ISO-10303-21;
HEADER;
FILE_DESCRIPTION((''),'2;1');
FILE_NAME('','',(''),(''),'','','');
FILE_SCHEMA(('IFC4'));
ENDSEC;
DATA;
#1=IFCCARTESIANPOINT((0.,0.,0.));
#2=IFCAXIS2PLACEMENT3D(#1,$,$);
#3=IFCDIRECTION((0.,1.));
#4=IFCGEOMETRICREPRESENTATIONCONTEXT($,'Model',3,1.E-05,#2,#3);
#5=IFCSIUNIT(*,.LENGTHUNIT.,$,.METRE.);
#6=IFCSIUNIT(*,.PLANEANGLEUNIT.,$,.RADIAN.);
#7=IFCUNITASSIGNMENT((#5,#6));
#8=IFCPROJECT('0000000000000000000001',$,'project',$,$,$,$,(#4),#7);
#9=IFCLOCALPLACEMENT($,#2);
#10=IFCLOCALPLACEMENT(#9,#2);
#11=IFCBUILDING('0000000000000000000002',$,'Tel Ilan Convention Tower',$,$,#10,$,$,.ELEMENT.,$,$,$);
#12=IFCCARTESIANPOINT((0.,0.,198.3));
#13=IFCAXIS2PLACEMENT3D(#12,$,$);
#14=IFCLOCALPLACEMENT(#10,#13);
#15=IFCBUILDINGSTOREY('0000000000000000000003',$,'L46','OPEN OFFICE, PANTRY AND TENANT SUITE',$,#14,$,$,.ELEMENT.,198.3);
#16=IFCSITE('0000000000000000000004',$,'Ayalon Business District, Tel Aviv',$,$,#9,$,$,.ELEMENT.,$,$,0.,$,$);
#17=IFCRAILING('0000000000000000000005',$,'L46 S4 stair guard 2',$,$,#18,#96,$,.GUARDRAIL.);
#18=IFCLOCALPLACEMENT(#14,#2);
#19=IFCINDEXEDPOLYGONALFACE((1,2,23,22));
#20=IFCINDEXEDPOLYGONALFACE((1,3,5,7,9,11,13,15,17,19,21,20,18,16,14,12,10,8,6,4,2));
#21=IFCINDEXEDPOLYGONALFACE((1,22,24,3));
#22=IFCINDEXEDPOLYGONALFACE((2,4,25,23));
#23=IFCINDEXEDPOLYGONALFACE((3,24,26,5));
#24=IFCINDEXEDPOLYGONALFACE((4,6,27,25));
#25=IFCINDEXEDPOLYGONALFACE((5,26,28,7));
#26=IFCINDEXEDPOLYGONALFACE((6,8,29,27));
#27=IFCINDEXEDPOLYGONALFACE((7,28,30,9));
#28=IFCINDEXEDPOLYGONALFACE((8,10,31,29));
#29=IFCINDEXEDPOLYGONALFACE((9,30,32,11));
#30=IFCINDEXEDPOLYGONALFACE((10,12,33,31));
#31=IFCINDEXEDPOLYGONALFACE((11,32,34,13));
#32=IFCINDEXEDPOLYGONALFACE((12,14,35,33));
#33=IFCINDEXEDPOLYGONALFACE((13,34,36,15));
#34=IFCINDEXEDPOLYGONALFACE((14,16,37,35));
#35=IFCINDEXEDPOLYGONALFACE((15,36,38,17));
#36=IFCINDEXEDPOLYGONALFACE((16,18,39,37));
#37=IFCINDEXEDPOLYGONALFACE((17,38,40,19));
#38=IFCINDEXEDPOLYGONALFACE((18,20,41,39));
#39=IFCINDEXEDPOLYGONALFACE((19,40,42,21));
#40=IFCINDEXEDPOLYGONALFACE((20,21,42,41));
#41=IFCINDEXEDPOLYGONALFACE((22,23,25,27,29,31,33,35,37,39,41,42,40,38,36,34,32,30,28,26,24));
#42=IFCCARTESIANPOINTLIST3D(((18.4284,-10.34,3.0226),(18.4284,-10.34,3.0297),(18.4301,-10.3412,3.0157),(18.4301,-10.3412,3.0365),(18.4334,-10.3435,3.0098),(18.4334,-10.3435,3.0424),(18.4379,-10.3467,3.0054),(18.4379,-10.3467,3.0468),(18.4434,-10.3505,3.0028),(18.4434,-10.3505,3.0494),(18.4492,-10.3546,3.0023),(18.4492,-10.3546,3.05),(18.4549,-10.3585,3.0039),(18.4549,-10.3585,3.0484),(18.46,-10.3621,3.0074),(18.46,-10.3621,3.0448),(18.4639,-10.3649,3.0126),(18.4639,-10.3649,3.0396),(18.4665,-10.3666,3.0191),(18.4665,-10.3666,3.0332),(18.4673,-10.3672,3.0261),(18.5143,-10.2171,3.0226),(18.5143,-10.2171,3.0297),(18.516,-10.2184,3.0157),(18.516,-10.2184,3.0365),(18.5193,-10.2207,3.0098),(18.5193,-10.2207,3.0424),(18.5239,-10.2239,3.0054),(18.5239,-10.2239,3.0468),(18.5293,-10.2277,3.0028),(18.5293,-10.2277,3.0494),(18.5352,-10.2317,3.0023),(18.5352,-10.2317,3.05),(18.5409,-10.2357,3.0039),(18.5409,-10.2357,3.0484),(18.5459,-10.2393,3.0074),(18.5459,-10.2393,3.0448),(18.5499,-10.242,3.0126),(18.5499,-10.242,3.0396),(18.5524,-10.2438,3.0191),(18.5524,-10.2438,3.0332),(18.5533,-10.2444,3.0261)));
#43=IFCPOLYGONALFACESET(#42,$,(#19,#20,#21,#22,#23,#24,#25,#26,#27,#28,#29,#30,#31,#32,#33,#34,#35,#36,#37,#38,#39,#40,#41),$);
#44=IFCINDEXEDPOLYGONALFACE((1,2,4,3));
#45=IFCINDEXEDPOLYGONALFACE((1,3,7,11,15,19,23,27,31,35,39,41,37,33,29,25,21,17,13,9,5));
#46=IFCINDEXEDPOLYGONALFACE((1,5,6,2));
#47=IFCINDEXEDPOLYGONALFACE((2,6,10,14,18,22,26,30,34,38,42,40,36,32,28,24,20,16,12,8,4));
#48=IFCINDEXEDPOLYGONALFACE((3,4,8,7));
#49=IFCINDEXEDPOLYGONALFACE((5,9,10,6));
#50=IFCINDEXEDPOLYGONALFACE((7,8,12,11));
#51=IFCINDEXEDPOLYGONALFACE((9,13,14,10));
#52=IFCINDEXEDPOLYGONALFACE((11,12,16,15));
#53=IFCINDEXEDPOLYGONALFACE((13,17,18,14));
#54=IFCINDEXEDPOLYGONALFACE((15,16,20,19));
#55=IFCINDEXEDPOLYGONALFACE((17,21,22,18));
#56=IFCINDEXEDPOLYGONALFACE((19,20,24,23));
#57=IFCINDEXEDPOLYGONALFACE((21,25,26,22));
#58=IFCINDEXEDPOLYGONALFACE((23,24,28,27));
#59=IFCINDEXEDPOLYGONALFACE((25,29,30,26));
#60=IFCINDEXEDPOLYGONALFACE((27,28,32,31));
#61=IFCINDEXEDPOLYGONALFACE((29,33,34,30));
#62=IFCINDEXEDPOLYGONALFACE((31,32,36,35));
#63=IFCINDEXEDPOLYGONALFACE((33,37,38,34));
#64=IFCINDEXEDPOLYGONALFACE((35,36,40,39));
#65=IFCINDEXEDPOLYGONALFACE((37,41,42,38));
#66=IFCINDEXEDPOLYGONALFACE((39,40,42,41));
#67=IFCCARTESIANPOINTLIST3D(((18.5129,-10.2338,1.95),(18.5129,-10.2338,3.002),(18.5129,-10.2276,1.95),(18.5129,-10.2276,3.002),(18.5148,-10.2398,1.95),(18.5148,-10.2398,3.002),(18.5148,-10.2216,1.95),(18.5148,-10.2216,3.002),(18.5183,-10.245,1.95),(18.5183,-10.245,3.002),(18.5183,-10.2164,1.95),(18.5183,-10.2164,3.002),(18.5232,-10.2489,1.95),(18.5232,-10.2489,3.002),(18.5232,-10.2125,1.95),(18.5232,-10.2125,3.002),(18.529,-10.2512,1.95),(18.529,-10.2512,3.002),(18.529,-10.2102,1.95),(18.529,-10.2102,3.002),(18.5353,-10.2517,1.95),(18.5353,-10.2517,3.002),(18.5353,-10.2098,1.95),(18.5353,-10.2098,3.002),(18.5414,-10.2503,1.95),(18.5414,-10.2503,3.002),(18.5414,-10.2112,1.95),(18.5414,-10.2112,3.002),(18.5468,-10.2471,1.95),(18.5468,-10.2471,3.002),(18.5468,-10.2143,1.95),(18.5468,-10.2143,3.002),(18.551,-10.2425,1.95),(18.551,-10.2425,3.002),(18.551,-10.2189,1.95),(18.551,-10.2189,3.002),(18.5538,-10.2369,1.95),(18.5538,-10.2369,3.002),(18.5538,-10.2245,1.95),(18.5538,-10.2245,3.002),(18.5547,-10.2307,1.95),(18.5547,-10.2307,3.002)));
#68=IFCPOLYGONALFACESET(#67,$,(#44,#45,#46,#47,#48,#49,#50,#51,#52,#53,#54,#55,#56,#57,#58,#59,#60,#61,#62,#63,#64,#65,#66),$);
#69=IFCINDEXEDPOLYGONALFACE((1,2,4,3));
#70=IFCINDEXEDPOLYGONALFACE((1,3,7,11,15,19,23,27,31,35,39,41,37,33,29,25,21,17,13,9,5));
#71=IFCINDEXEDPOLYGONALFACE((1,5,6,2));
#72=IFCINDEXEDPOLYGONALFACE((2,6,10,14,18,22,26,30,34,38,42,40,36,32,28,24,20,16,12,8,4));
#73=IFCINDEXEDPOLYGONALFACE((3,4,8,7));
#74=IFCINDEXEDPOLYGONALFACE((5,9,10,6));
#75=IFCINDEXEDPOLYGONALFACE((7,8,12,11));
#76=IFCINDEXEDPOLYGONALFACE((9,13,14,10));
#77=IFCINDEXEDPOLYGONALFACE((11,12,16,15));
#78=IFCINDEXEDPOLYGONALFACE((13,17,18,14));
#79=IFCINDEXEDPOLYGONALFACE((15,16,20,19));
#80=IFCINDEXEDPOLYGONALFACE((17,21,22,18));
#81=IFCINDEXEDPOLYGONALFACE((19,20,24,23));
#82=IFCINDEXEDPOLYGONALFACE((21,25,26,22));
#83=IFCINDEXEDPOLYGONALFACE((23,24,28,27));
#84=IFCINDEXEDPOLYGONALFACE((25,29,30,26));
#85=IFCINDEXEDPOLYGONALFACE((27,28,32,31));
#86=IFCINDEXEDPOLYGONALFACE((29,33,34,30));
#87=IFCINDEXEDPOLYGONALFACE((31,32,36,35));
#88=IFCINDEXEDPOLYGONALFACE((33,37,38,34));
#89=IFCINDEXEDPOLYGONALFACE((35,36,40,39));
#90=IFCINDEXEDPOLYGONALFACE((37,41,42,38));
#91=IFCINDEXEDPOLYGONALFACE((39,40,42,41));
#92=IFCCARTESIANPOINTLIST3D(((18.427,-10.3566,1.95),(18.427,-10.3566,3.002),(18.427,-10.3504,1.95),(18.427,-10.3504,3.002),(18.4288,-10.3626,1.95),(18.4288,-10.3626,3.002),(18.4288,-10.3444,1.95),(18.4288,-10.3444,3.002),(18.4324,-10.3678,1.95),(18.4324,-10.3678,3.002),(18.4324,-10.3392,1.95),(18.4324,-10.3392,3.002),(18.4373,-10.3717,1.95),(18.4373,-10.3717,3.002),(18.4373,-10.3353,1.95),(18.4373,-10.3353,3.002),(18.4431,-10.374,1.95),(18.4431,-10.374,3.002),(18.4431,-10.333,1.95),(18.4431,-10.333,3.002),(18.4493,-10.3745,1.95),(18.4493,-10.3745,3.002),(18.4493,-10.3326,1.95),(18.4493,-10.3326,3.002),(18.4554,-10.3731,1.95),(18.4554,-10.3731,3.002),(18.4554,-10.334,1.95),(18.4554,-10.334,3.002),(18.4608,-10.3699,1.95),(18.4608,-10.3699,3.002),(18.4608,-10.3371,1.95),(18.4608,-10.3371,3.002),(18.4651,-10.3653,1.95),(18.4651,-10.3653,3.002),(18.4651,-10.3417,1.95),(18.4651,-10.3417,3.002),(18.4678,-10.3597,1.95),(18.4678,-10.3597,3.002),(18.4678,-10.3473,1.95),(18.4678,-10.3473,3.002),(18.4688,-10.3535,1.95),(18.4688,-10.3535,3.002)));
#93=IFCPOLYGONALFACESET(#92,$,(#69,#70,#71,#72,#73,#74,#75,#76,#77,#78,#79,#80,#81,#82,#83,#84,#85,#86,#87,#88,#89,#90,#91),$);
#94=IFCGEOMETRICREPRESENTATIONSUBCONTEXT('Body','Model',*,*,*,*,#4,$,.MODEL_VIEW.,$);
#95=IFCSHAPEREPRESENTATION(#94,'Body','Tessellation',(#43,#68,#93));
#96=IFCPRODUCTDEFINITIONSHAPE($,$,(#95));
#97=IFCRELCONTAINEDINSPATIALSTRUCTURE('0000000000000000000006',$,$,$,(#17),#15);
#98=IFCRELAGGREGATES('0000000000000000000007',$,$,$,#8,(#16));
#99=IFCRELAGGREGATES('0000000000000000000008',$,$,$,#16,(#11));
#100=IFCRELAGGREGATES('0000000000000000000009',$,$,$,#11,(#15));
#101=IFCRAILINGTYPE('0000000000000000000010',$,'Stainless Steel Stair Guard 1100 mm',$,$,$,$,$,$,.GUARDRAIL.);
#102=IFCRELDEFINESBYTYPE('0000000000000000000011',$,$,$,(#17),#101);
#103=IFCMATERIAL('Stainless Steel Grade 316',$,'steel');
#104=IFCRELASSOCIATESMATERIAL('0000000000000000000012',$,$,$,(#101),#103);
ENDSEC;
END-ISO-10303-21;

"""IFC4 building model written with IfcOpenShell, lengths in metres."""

from ifc_helpers import new_model, si_unit, direction, frame, origin, origin_2d, place, context, subcontext, project, spatial, circle, extrude, material, type_object, element, save


model = new_model("IFC4")

# Units and contexts
model_context = context("Model", 3, precision=1e-05, world=origin(), true_north=direction((0.0, 1.0)))
body_context = subcontext(model_context, "Body", "Model", "MODEL_VIEW")
ifc_project = project(units=[si_unit("LENGTHUNIT", "METRE"), si_unit("PLANEANGLEUNIT", "RADIAN")], contexts=[model_context])

# Site, building, storey
site_placement = place(None, origin())
site = spatial("IfcSite", under=ifc_project, at=site_placement, Name="Ayalon Business District, Tel Aviv", CompositionType="ELEMENT", RefElevation=0.0)
building_placement = place(site_placement, origin())
building = spatial("IfcBuilding", under=site, at=building_placement, Name="Tel Ilan Convention Tower", CompositionType="ELEMENT")
storey_placement = place(building_placement, frame((0.0, 0.0, 198.3)))
storey = spatial("IfcBuildingStorey", under=building, at=storey_placement, Name="L46", Description="OPEN OFFICE, PANTRY AND TENANT SUITE", CompositionType="ELEMENT", Elevation=198.3)

# Railing
ifc_material_1 = material(Name="Stainless Steel Grade 316", Category="steel")
railing_type_1 = type_object("IfcRailingType", Name="Stainless Steel Stair Guard 1100 mm", PredefinedType="GUARDRAIL", material=ifc_material_1)
railing_1_placement = place(storey_placement, frame((18.5337, -10.2307, 1.95)))
element("IfcRailing", 1, at=railing_1_placement, inside=storey, type_object=railing_type_1, Name="L46 S4 stair guard 2", PredefinedType="GUARDRAIL", context=body_context, shape_type="SweptSolid", body=[
    extrude(circle(Radius=0.0239, at=origin_2d()), frame((0.0, 0.0, 1.0762), z_axis=(-0.573353, -0.819308, 0.0), x_axis=(0.819308, -0.573353, 0.0)), (0.0, 0.0, 1.0), 0.1499),
    extrude(circle(Radius=0.021, at=origin_2d()), origin(), (0.0, 0.0, 1.0), 1.052),
    extrude(circle(Radius=0.021, at=origin_2d()), frame((-0.0859, -0.1228, 0.0)), (0.0, 0.0, 1.0), 1.052),
])

save(model, "model.ifc")
